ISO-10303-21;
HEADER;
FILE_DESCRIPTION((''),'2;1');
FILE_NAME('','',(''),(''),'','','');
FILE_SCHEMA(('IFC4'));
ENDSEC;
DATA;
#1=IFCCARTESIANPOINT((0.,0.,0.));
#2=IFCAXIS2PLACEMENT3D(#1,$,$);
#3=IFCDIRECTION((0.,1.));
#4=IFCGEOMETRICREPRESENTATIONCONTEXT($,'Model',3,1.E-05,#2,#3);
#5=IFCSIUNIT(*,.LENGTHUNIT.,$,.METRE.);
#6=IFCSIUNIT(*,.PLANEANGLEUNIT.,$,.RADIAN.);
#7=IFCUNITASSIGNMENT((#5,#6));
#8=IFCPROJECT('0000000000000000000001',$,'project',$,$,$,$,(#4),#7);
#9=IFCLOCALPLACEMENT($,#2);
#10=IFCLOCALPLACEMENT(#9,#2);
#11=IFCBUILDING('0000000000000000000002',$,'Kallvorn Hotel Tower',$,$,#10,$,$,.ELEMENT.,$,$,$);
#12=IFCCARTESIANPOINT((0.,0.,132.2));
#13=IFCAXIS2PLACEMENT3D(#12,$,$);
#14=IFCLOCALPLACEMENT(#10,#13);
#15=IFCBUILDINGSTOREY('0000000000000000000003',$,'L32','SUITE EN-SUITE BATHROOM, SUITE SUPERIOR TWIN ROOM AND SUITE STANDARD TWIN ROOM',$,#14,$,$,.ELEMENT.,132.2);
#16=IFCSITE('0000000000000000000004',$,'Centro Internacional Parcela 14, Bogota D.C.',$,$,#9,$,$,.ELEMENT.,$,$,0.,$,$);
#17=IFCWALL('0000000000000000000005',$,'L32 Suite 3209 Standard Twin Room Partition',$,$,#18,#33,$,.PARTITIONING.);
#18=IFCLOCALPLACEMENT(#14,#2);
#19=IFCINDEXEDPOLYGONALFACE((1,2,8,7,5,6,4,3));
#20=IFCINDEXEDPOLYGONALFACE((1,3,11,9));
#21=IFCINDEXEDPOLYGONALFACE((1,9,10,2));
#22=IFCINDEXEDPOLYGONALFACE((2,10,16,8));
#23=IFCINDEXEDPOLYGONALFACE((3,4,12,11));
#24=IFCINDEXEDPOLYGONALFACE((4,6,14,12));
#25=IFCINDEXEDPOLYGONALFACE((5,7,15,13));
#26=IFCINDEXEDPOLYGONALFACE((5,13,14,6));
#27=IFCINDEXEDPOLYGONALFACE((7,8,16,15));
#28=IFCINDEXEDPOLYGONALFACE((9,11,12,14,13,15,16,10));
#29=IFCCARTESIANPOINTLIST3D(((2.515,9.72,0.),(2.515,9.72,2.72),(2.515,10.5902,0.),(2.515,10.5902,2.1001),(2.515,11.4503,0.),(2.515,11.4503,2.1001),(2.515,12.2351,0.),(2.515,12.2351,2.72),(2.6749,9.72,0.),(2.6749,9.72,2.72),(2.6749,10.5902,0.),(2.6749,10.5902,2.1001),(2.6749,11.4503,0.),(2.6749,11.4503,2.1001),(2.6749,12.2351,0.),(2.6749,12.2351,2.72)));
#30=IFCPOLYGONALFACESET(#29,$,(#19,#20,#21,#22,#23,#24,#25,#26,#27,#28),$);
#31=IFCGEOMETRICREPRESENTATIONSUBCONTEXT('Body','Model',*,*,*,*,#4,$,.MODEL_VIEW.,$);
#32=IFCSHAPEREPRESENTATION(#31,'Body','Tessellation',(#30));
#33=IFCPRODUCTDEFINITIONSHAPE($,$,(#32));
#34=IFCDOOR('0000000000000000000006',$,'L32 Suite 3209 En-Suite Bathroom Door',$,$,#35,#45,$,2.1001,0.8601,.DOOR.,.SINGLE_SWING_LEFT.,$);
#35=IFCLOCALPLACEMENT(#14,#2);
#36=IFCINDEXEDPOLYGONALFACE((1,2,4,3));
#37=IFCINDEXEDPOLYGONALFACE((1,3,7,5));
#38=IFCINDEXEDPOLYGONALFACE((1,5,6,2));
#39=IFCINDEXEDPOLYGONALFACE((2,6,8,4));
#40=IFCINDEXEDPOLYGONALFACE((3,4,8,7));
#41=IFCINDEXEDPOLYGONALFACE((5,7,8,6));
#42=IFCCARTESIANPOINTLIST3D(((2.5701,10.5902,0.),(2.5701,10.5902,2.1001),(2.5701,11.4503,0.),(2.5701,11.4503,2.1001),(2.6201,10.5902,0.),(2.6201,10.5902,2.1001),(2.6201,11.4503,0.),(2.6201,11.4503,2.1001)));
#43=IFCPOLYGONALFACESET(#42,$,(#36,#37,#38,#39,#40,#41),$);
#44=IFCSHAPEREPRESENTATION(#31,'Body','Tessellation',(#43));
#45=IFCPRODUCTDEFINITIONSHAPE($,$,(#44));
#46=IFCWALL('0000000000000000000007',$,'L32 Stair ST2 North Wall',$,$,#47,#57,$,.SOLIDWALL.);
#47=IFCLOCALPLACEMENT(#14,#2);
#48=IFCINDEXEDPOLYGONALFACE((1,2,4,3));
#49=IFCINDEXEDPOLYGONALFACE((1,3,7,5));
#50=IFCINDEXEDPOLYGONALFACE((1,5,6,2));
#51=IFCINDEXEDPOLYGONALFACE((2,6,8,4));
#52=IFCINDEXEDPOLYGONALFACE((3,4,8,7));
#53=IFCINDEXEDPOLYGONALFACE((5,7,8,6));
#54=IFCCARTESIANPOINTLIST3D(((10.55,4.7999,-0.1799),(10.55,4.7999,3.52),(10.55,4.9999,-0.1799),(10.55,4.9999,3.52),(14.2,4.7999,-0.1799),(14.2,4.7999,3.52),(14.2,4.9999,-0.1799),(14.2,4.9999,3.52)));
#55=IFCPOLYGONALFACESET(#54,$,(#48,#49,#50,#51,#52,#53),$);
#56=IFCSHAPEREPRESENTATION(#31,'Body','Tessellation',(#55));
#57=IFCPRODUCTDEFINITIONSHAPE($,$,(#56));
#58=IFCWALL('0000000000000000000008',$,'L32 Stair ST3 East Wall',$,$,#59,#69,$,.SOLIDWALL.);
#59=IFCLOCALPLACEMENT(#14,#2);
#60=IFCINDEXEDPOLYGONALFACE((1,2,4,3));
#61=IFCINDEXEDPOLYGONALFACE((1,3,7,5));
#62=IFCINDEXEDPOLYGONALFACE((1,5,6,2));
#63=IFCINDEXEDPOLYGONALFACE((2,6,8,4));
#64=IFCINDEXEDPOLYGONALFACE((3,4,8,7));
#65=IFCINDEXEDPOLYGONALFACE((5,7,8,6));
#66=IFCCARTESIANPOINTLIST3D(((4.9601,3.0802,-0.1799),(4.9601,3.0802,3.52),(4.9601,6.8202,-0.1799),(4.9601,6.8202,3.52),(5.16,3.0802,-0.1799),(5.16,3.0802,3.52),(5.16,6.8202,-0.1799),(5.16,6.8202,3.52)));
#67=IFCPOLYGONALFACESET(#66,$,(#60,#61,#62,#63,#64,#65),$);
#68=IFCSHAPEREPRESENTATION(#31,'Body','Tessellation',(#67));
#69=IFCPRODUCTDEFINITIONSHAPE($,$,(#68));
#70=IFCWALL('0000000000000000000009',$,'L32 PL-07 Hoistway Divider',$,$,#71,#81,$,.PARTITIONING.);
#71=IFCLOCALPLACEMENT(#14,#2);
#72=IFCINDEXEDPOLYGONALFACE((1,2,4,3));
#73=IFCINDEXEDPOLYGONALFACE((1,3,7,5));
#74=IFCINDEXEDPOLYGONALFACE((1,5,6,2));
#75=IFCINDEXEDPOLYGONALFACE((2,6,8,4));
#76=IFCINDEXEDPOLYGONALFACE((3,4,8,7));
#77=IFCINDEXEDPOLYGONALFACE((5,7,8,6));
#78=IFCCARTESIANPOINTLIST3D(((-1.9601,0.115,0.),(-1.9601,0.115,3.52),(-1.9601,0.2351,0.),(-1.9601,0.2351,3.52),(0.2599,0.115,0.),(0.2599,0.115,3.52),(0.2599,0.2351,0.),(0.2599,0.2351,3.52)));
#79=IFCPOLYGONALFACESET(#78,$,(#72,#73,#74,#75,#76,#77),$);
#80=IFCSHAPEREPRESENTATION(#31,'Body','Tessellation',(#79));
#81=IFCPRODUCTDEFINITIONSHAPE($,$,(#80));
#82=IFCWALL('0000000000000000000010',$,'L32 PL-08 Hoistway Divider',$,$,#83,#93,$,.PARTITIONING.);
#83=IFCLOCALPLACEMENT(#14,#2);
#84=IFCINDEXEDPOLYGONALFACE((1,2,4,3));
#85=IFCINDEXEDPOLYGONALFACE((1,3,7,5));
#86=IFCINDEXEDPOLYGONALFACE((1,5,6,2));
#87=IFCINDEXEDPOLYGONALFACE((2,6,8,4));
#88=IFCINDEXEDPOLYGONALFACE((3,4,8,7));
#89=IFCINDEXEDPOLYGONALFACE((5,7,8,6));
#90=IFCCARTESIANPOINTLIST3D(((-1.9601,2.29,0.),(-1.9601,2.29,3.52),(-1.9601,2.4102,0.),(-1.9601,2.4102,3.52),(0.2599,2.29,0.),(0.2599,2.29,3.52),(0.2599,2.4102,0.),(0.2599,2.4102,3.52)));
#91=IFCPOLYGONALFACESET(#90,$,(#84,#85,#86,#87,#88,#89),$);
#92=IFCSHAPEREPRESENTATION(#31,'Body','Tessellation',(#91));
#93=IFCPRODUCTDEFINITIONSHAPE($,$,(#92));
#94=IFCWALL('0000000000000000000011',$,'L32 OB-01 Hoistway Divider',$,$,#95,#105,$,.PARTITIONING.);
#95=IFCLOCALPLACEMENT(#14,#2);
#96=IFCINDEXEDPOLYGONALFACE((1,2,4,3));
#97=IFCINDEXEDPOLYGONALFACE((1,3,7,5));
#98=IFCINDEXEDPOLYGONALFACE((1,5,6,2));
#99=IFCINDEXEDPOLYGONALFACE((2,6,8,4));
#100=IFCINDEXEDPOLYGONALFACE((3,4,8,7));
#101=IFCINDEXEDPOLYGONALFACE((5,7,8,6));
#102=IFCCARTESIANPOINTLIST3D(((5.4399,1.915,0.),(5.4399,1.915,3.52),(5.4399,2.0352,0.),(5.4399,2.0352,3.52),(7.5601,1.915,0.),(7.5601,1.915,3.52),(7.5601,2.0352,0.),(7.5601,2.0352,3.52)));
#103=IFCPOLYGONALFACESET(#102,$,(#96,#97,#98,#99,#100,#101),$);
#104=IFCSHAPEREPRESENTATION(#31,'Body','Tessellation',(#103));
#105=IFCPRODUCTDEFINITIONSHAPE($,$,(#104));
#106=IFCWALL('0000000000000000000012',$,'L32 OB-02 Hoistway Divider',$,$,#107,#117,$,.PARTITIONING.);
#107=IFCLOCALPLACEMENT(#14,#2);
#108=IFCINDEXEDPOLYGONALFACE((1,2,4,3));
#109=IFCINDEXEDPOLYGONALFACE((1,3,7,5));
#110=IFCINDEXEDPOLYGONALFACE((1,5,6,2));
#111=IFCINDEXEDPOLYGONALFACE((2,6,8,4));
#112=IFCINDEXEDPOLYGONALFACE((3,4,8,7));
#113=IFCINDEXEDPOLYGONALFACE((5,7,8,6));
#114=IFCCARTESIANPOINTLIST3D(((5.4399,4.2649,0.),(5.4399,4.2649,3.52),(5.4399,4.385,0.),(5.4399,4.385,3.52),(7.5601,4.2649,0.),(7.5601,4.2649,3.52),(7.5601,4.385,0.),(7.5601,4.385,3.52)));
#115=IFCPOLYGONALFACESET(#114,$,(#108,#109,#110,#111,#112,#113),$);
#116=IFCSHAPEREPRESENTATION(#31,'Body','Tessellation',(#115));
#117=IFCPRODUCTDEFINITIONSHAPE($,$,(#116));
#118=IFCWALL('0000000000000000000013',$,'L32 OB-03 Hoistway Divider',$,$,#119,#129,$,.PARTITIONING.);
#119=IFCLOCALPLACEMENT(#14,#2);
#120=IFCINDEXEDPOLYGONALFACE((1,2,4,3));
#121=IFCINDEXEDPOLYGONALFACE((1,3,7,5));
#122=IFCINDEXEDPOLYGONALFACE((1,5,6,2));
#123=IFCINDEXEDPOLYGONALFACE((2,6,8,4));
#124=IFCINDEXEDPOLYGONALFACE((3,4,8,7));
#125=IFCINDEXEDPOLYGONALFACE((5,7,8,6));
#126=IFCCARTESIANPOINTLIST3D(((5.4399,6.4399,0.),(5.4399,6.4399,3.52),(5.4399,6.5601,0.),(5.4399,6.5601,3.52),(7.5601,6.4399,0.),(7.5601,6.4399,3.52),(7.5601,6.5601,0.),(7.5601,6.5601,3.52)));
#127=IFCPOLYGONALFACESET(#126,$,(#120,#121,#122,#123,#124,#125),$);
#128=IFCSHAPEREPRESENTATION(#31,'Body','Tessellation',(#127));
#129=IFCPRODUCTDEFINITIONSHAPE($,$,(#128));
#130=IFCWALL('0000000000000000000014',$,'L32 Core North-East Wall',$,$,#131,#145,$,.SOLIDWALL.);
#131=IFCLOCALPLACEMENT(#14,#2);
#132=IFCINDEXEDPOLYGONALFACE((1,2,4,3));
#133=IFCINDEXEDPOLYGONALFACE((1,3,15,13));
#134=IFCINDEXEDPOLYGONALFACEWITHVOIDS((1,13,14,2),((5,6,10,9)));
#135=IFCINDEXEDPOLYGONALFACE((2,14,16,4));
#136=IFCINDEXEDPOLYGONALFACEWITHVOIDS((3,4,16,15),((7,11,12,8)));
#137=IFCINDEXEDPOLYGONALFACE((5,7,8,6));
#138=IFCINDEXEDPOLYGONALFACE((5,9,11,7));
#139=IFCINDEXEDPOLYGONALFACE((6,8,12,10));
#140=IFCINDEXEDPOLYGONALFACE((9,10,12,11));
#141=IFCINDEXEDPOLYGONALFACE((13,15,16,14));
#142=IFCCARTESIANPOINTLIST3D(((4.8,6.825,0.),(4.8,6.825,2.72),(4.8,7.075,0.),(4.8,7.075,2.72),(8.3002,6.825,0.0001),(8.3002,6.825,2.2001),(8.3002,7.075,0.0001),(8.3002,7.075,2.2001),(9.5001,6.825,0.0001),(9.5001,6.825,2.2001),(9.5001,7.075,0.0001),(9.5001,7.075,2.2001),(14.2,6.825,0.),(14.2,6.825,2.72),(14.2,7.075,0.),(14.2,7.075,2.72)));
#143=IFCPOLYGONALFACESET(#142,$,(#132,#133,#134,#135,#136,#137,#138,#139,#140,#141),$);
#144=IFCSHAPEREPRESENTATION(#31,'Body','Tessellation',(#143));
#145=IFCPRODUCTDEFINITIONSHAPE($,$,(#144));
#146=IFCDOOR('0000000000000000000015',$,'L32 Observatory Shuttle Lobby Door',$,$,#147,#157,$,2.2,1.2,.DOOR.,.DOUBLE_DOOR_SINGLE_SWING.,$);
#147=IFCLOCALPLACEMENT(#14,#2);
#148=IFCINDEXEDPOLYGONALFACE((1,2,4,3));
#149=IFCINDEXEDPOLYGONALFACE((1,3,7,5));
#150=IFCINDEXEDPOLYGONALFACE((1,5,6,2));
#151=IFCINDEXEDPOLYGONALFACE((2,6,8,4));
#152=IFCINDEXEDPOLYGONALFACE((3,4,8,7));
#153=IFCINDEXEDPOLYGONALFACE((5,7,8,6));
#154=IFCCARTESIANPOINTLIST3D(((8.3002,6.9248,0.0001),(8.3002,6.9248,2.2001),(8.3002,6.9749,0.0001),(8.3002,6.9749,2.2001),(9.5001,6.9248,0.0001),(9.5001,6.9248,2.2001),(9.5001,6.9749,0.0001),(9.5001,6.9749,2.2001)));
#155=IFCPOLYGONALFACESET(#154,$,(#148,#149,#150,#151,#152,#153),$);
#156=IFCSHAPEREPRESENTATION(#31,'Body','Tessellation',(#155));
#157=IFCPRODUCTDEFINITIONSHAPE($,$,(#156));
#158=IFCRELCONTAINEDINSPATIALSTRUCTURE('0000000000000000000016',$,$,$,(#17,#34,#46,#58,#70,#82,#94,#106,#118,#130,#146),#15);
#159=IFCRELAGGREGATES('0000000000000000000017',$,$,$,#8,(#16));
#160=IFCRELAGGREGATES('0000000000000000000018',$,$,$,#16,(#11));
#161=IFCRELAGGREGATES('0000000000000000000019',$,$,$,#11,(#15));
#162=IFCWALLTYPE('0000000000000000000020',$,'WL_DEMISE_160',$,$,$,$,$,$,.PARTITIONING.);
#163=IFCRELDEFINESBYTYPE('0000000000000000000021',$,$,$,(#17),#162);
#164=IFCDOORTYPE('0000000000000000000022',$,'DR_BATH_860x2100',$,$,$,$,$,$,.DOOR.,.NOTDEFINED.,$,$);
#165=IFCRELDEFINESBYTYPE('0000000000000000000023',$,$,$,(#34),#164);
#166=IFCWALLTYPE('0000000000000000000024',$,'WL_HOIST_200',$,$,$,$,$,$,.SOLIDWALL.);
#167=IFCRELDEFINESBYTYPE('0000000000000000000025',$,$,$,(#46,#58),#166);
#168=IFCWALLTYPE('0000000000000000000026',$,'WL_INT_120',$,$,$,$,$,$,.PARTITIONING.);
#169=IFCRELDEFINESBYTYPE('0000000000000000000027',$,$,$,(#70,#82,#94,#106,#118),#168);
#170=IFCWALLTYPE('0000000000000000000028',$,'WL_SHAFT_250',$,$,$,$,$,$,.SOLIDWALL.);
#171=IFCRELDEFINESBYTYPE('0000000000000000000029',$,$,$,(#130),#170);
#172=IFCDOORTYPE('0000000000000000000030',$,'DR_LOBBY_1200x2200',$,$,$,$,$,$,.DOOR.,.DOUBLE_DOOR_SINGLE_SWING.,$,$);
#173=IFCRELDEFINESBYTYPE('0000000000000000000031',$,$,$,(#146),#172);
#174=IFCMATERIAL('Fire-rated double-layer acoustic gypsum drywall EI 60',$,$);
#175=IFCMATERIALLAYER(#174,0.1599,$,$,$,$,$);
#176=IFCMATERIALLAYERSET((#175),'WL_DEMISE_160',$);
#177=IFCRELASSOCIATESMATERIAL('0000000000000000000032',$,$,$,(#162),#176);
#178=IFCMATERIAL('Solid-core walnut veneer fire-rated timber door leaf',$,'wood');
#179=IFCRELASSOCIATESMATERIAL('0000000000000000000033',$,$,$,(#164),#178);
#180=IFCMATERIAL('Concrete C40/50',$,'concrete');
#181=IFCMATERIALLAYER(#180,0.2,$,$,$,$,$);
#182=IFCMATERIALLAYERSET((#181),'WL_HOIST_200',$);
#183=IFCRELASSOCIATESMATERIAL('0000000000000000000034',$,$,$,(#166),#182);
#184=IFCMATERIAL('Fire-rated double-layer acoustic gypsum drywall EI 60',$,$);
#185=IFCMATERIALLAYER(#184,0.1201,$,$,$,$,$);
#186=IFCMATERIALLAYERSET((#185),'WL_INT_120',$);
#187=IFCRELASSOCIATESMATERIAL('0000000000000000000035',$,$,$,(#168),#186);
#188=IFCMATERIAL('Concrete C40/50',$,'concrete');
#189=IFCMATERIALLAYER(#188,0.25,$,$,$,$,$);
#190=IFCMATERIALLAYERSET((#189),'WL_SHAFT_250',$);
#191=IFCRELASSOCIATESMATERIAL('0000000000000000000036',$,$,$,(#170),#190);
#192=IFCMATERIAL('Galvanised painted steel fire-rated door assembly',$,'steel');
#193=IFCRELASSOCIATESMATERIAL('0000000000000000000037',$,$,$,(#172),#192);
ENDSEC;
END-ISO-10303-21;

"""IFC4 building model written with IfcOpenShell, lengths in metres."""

from ifc_helpers import new_model, si_unit, direction, frame, frame_2d, origin, place, context, subcontext, project, spatial, rectangle, extrude, material, layer, layer_set, type_object, element, fill, save


model = new_model("IFC4")

# Units and contexts
model_context = context("Model", 3, precision=1e-05, world=origin(), true_north=direction((0.0, 1.0)))
body_context = subcontext(model_context, "Body", "Model", "MODEL_VIEW")
ifc_project = project(units=[si_unit("LENGTHUNIT", "METRE"), si_unit("PLANEANGLEUNIT", "RADIAN")], contexts=[model_context])

# Site, building, storey
site_placement = place(None, origin())
site = spatial("IfcSite", under=ifc_project, at=site_placement, Name="Centro Internacional Parcela 14, Bogota D.C.", CompositionType="ELEMENT", RefElevation=0.0)
building_placement = place(site_placement, origin())
building = spatial("IfcBuilding", under=site, at=building_placement, Name="Kallvorn Hotel Tower", CompositionType="ELEMENT")
storey_placement = place(building_placement, frame((0.0, 0.0, 132.2)))
storey = spatial("IfcBuildingStorey", under=building, at=storey_placement, Name="L32", Description="SUITE EN-SUITE BATHROOM, SUITE SUPERIOR TWIN ROOM AND SUITE STANDARD TWIN ROOM", CompositionType="ELEMENT", Elevation=132.2)

# Shared definitions
ifc_material_1 = material(Name="Fire-rated double-layer acoustic gypsum drywall EI 60")
ifc_layer_1 = layer(ifc_material_1, 0.1599)
ifc_layer_set_1 = layer_set([ifc_layer_1], Name="WL_DEMISE_160")
wall_type_1 = type_object("IfcWallType", Name="WL_DEMISE_160", PredefinedType="PARTITIONING", material=ifc_layer_set_1)
ifc_material_2 = material(Name="Solid-core walnut veneer fire-rated timber door leaf", Category="wood")
door_type_1 = type_object("IfcDoorType", Name="DR_BATH_860x2100", OperationType="NOTDEFINED", PredefinedType="DOOR", material=ifc_material_2)

# Wall, opening, door
wall_1_placement = place(storey_placement, frame((2.595, 9.72, 0.0), z_axis=(0.0, 0.0, 1.0), x_axis=(0.0, 1.0, 0.0)))
wall_1 = element("IfcWall", 1, at=wall_1_placement, inside=storey, type_object=wall_type_1, Name="L32 Suite 3209 Standard Twin Room Partition", PredefinedType="PARTITIONING", context=body_context, shape_type="SweptSolid", body=[
    extrude(rectangle(XDim=2.5151, YDim=0.1599, at=frame_2d((1.2576, 0.0))), origin(), (0.0, 0.0, 1.0), 2.72),
])
opening_1_placement = place(wall_1_placement, frame((0.8701, 0.0, 0.0)))
opening_1 = element("IfcOpeningElement", 2, at=opening_1_placement, cuts=wall_1, PredefinedType="OPENING", context=body_context, shape_type="SweptSolid", body=[
    extrude(rectangle(XDim=0.8601, YDim=2.1001, at=frame_2d((0.4302, 1.05))), frame((0.0, 0.095, 0.0), z_axis=(0.0, -1.0, 0.0), x_axis=(1.0, 0.0, 0.0)), (0.0, 0.0, 1.0), 0.1899),
])
door_1_placement = place(opening_1_placement, origin())
door_1 = element("IfcDoor", 3, at=door_1_placement, inside=storey, type_object=door_type_1, Name="L32 Suite 3209 En-Suite Bathroom Door", OperationType="SINGLE_SWING_LEFT", OverallHeight=2.1001, OverallWidth=0.8601, PredefinedType="DOOR", context=body_context, shape_type="SweptSolid", body=[
    extrude(rectangle(XDim=0.8601, YDim=2.1001, at=frame_2d((0.4302, 1.05))), frame((0.0, 0.0249, 0.0), z_axis=(0.0, -1.0, 0.0), x_axis=(1.0, 0.0, 0.0)), (0.0, 0.0, 1.0), 0.05),
])
fill(opening_1, door_1)

# Walls
ifc_material_3 = material(Name="Concrete C40/50", Category="concrete")
ifc_layer_2 = layer(ifc_material_3, 0.2)
ifc_layer_set_2 = layer_set([ifc_layer_2], Name="WL_HOIST_200")
wall_type_2 = type_object("IfcWallType", Name="WL_HOIST_200", PredefinedType="SOLIDWALL", material=ifc_layer_set_2)
wall_2_placement = place(storey_placement, frame((10.55, 4.8999, -0.1799), z_axis=(0.0, 0.0, 1.0), x_axis=(1.0, 0.0, 0.0)))
element("IfcWall", 4, at=wall_2_placement, inside=storey, type_object=wall_type_2, Name="L32 Stair ST2 North Wall", PredefinedType="SOLIDWALL", context=body_context, shape_type="SweptSolid", body=[
    extrude(rectangle(XDim=3.6499, YDim=0.2, at=frame_2d((1.825, 0.0))), origin(), (0.0, 0.0, 1.0), 3.7),
])
wall_3_placement = place(storey_placement, frame((5.0601, 3.0801, -0.1799), z_axis=(0.0, 0.0, 1.0), x_axis=(0.0, 1.0, 0.0)))
element("IfcWall", 5, at=wall_3_placement, inside=storey, type_object=wall_type_2, Name="L32 Stair ST3 East Wall", PredefinedType="SOLIDWALL", context=body_context, shape_type="SweptSolid", body=[
    extrude(rectangle(XDim=3.74, YDim=0.2, at=frame_2d((1.8701, 0.0))), origin(), (0.0, 0.0, 1.0), 3.7),
])
ifc_material_4 = material(Name="Fire-rated double-layer acoustic gypsum drywall EI 60")
ifc_layer_3 = layer(ifc_material_4, 0.1201)
ifc_layer_set_3 = layer_set([ifc_layer_3], Name="WL_INT_120")
wall_type_3 = type_object("IfcWallType", Name="WL_INT_120", PredefinedType="PARTITIONING", material=ifc_layer_set_3)
for number, where, z_axis, x_axis, name in (
    (6, (-1.96, 0.175, 0.0), (0.0, 0.0, 1.0), (1.0, 0.0, 0.0), "L32 PL-07 Hoistway Divider"),
    (7, (-1.96, 2.3501, 0.0), (0.0, 0.0, 1.0), (1.0, 0.0, 0.0), "L32 PL-08 Hoistway Divider"),
):
    element("IfcWall", number, at=place(storey_placement, frame(where, z_axis=z_axis, x_axis=x_axis)), inside=storey, type_object=wall_type_3, Name=name, PredefinedType="PARTITIONING", context=body_context, shape_type="SweptSolid", body=[
        extrude(rectangle(XDim=2.22, YDim=0.1201, at=frame_2d((1.1099, 0.0))), origin(), (0.0, 0.0, 1.0), 3.52),
    ])
for number, where, z_axis, x_axis, name in (
    (8, (5.4399, 1.9751, 0.0), (0.0, 0.0, 1.0), (1.0, 0.0, 0.0), "L32 OB-01 Hoistway Divider"),
    (9, (5.4399, 4.325, 0.0), (0.0, 0.0, 1.0), (1.0, 0.0, 0.0), "L32 OB-02 Hoistway Divider"),
    (10, (5.4399, 6.5, 0.0), (0.0, 0.0, 1.0), (1.0, 0.0, 0.0), "L32 OB-03 Hoistway Divider"),
):
    element("IfcWall", number, at=place(storey_placement, frame(where, z_axis=z_axis, x_axis=x_axis)), inside=storey, type_object=wall_type_3, Name=name, PredefinedType="PARTITIONING", context=body_context, shape_type="SweptSolid", body=[
        extrude(rectangle(XDim=2.1201, YDim=0.1201, at=frame_2d((1.0601, 0.0))), origin(), (0.0, 0.0, 1.0), 3.52),
    ])

# Wall, opening, door
ifc_material_5 = material(Name="Concrete C40/50", Category="concrete")
ifc_layer_4 = layer(ifc_material_5, 0.25)
ifc_layer_set_4 = layer_set([ifc_layer_4], Name="WL_SHAFT_250")
wall_type_4 = type_object("IfcWallType", Name="WL_SHAFT_250", PredefinedType="SOLIDWALL", material=ifc_layer_set_4)
wall_4_placement = place(storey_placement, frame((4.8, 6.95, 0.0), z_axis=(0.0, 0.0, 1.0), x_axis=(1.0, 0.0, 0.0)))
wall_4 = element("IfcWall", 11, at=wall_4_placement, inside=storey, type_object=wall_type_4, Name="L32 Core North-East Wall", PredefinedType="SOLIDWALL", context=body_context, shape_type="SweptSolid", body=[
    extrude(rectangle(XDim=9.3999, YDim=0.25, at=frame_2d((4.7, 0.0))), origin(), (0.0, 0.0, 1.0), 2.72),
])
opening_2_placement = place(wall_4_placement, frame((3.5, 0.0, 0.0)))
opening_2 = element("IfcOpeningElement", 12, at=opening_2_placement, cuts=wall_4, PredefinedType="OPENING", context=body_context, shape_type="SweptSolid", body=[
    extrude(rectangle(XDim=1.2, YDim=2.2, at=frame_2d((0.6001, 1.1001))), frame((0.0, 0.1399, 0.0), z_axis=(0.0, -1.0, 0.0), x_axis=(1.0, 0.0, 0.0)), (0.0, 0.0, 1.0), 0.28),
])
ifc_material_6 = material(Name="Galvanised painted steel fire-rated door assembly", Category="steel")
door_type_2 = type_object("IfcDoorType", Name="DR_LOBBY_1200x2200", OperationType="DOUBLE_DOOR_SINGLE_SWING", PredefinedType="DOOR", material=ifc_material_6)
door_2_placement = place(opening_2_placement, origin())
door_2 = element("IfcDoor", 13, at=door_2_placement, inside=storey, type_object=door_type_2, Name="L32 Observatory Shuttle Lobby Door", OperationType="DOUBLE_DOOR_SINGLE_SWING", OverallHeight=2.2, OverallWidth=1.2, PredefinedType="DOOR", context=body_context, shape_type="SweptSolid", body=[
    extrude(rectangle(XDim=1.2, YDim=2.2, at=frame_2d((0.6001, 1.1001))), frame((0.0, 0.0249, 0.0), z_axis=(0.0, -1.0, 0.0), x_axis=(1.0, 0.0, 0.0)), (0.0, 0.0, 1.0), 0.05),
])
fill(opening_2, door_2)

save(model, "model.ifc")
